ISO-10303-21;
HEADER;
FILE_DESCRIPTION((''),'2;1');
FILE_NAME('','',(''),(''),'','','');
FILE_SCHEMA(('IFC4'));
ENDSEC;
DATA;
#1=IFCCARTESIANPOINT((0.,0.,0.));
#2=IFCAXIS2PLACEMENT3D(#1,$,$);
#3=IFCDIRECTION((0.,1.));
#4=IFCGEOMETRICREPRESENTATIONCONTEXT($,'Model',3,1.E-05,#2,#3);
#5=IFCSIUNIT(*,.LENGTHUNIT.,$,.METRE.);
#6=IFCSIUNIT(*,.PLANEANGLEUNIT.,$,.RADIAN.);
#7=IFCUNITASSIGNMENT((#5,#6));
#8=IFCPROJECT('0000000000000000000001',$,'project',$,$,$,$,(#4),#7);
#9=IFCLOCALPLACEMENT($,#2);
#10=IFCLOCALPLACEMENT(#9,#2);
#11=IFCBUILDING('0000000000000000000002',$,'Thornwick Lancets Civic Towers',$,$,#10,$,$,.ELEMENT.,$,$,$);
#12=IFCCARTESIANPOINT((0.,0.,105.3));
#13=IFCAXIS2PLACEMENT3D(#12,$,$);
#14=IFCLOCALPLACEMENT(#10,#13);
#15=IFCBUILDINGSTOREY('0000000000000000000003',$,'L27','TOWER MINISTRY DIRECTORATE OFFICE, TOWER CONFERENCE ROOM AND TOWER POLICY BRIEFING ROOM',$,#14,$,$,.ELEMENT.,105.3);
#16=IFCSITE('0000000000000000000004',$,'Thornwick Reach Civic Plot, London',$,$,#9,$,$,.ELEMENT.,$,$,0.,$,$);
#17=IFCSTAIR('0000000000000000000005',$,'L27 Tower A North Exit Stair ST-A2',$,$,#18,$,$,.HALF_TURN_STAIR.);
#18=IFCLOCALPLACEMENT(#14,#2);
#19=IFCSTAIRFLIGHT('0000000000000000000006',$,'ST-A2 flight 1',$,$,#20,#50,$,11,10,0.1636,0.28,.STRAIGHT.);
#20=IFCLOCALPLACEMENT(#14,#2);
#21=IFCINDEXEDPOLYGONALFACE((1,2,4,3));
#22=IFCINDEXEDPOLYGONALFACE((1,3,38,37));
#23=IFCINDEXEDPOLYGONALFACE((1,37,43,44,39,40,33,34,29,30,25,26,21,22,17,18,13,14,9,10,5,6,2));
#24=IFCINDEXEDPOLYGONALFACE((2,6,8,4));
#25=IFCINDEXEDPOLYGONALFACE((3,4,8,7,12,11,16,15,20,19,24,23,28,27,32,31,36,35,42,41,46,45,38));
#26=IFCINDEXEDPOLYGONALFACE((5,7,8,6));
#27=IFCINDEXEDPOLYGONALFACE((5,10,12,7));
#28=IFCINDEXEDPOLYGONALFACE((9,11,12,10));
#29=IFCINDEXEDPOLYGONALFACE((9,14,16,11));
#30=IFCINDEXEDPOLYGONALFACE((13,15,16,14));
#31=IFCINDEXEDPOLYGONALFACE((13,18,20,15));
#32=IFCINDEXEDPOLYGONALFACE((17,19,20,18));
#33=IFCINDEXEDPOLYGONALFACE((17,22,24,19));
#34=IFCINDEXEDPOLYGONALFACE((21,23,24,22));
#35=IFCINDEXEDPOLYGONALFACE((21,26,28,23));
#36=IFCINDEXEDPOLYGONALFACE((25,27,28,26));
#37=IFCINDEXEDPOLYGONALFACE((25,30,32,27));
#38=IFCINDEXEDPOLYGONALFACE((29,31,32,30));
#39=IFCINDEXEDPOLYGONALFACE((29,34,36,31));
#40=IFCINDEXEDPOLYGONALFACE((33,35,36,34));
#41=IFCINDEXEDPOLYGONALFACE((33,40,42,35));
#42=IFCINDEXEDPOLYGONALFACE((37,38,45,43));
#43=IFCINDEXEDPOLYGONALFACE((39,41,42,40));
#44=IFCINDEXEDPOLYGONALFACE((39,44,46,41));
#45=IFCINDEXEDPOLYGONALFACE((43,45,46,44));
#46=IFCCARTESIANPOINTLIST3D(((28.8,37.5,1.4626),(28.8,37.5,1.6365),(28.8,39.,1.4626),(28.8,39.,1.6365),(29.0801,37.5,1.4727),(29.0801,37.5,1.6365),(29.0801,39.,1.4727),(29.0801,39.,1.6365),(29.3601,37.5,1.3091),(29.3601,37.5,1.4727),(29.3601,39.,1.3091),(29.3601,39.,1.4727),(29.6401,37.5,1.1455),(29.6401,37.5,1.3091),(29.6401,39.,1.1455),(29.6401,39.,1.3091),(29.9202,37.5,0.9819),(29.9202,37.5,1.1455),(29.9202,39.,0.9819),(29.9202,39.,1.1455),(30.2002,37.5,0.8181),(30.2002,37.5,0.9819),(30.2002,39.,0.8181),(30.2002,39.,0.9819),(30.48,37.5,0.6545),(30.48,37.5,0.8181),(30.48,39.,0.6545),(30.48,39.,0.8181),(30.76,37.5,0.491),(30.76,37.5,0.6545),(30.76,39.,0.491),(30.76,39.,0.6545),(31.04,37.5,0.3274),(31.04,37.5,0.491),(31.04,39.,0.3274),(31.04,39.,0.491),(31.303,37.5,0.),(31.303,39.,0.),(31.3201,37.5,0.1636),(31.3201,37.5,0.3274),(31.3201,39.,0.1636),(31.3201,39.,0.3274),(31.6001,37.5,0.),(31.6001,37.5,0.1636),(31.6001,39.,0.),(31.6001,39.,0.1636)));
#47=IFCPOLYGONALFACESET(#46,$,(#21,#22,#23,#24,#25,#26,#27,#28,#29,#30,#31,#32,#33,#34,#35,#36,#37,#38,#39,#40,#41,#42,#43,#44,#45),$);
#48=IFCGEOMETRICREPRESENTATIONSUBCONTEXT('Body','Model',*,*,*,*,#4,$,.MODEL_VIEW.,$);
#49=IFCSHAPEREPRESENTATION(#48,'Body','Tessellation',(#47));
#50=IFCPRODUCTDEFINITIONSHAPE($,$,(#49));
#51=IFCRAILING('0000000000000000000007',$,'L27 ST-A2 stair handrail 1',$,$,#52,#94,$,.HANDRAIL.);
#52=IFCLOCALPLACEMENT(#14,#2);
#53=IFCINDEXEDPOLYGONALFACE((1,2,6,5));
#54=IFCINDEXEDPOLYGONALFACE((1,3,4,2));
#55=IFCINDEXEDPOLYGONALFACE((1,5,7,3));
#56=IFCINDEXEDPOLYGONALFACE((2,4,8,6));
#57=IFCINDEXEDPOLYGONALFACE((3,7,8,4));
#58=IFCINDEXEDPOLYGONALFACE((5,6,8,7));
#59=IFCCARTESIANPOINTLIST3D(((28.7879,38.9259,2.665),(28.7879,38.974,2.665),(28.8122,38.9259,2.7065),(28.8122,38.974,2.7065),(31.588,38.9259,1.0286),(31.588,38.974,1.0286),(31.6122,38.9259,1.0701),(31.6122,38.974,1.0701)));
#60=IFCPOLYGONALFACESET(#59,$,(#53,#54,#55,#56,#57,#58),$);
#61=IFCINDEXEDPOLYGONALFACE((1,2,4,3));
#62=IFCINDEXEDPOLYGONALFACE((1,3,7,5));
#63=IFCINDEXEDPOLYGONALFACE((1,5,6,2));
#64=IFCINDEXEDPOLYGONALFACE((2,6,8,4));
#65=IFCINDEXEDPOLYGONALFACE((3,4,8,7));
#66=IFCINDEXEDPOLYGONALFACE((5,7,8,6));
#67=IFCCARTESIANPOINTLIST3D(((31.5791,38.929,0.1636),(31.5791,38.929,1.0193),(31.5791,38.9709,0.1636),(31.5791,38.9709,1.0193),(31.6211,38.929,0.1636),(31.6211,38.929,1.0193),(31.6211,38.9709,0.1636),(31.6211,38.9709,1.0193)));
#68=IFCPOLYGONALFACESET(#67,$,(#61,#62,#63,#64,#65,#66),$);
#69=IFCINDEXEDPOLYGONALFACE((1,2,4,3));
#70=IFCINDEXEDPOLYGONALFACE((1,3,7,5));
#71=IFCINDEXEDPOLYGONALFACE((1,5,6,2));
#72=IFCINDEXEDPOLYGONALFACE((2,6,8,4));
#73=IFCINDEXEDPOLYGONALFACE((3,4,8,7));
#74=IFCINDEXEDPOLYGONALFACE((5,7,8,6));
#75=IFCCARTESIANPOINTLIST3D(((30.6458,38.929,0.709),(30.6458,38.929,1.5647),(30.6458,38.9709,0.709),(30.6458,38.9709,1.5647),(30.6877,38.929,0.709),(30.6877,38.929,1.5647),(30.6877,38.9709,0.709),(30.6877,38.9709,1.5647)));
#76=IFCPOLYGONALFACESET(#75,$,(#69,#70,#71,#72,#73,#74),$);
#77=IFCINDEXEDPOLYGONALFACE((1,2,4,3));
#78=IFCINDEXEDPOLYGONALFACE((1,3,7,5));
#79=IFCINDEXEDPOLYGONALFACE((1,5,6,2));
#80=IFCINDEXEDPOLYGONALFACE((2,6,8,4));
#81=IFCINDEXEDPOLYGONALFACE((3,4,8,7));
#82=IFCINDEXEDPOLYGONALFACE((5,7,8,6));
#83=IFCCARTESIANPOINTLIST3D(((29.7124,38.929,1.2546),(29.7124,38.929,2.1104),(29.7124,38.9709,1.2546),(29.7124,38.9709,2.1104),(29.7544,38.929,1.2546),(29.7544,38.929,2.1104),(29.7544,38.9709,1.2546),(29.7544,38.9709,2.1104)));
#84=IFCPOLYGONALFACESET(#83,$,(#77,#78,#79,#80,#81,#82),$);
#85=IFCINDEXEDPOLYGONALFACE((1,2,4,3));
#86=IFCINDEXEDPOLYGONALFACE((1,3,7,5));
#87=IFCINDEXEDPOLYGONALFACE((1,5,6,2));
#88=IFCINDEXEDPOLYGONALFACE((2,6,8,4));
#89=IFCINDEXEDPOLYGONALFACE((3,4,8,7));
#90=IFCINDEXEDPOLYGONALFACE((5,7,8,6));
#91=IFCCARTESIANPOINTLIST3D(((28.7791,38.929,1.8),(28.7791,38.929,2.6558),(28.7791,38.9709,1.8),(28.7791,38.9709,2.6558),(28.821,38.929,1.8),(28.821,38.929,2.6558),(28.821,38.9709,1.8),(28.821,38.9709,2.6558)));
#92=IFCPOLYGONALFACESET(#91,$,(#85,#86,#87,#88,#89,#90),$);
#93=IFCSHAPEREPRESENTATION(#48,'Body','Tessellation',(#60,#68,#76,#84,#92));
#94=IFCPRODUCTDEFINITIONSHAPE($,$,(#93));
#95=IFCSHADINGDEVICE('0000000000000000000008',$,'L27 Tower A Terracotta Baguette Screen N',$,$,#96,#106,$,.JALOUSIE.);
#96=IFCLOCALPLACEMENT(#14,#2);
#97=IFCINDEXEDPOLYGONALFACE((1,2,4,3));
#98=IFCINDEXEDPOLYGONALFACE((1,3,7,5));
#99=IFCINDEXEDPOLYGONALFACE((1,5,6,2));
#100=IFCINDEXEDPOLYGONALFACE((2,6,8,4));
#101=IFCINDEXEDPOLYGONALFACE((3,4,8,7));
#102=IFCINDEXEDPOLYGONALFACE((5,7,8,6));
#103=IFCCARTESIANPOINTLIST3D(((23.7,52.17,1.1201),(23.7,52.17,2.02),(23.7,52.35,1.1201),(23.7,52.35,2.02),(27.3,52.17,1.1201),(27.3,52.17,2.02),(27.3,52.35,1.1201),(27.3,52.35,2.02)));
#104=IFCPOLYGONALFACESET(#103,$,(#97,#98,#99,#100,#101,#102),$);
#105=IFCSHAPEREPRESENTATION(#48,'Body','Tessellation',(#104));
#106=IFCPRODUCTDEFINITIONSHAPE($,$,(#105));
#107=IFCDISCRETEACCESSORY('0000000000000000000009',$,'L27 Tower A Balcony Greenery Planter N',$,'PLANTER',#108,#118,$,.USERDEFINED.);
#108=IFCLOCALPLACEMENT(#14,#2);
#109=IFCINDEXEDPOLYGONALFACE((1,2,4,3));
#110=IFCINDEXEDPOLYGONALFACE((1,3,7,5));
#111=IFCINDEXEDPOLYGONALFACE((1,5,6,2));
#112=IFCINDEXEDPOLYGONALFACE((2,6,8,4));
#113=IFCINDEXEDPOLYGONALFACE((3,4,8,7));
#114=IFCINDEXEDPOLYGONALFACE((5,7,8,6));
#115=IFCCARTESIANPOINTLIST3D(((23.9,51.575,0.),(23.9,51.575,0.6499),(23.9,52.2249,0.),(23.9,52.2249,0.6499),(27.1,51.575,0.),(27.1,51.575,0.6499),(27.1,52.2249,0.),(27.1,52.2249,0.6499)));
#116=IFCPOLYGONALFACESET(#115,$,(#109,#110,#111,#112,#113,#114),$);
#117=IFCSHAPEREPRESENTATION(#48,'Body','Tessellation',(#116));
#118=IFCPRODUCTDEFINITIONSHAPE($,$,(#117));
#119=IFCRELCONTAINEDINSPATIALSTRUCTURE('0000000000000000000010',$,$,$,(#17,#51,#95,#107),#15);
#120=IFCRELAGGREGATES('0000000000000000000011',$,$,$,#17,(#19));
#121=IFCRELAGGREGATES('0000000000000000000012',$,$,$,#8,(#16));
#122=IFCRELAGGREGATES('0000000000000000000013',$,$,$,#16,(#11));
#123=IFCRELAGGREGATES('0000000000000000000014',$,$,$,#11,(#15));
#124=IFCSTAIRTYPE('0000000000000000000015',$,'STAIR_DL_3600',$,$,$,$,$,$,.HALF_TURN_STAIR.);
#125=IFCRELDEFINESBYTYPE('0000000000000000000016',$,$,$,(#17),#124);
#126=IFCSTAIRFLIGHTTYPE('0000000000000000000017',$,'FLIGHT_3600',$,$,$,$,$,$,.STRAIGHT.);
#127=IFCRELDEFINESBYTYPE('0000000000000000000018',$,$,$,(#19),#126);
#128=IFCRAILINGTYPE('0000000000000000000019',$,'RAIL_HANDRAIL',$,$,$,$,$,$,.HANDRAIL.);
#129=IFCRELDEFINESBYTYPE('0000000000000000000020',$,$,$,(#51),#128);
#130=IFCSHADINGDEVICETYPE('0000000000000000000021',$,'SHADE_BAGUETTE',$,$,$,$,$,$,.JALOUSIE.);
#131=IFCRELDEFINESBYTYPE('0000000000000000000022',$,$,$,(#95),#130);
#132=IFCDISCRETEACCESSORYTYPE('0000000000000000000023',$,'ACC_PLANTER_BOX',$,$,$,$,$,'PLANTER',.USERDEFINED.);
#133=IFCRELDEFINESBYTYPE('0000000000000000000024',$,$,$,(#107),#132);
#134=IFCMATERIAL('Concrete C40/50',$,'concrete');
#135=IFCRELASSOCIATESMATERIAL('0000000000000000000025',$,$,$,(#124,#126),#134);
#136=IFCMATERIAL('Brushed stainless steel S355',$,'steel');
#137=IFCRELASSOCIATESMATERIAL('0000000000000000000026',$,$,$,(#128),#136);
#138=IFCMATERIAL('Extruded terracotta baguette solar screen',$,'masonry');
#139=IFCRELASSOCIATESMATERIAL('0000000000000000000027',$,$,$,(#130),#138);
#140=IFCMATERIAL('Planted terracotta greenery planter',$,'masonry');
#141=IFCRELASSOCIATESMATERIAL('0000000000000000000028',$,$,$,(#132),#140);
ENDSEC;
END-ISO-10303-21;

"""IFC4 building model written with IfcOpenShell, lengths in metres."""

from ifc_helpers import new_model, si_unit, direction, frame, origin, origin_2d, place, context, subcontext, project, spatial, polyline, rectangle, outline, extrude, material, type_object, element, aggregate, save


model = new_model("IFC4")

# Units and contexts
model_context = context("Model", 3, precision=1e-05, world=origin(), true_north=direction((0.0, 1.0)))
body_context = subcontext(model_context, "Body", "Model", "MODEL_VIEW")
ifc_project = project(units=[si_unit("LENGTHUNIT", "METRE"), si_unit("PLANEANGLEUNIT", "RADIAN")], contexts=[model_context])

# Site, building, storey
site_placement = place(None, origin())
site = spatial("IfcSite", under=ifc_project, at=site_placement, Name="Thornwick Reach Civic Plot, London", CompositionType="ELEMENT", RefElevation=0.0)
building_placement = place(site_placement, origin())
building = spatial("IfcBuilding", under=site, at=building_placement, Name="Thornwick Lancets Civic Towers", CompositionType="ELEMENT")
storey_placement = place(building_placement, frame((0.0, 0.0, 105.3)))
storey = spatial("IfcBuildingStorey", under=building, at=storey_placement, Name="L27", Description="TOWER MINISTRY DIRECTORATE OFFICE, TOWER CONFERENCE ROOM AND TOWER POLICY BRIEFING ROOM", CompositionType="ELEMENT", Elevation=105.3)

# Shared definitions
ifc_material_1 = material(Name="Concrete C40/50", Category="concrete")

# Stair, stair flight
stair_type = type_object("IfcStairType", Name="STAIR_DL_3600", PredefinedType="HALF_TURN_STAIR", material=ifc_material_1)
stair_placement = place(storey_placement, origin())
stair = element("IfcStair", 1, at=stair_placement, inside=storey, type_object=stair_type, Name="L27 Tower A North Exit Stair ST-A2", PredefinedType="HALF_TURN_STAIR")
stair_flight_type = type_object("IfcStairFlightType", Name="FLIGHT_3600", PredefinedType="STRAIGHT", material=ifc_material_1)
stair_flight_placement = place(storey_placement, frame((31.6001, 38.25, 0.0), z_axis=(0.0, 0.0, 1.0), x_axis=(-1.0, 0.0, 0.0)))
stair_flight = element("IfcStairFlight", 2, at=stair_flight_placement, type_object=stair_flight_type, Name="ST-A2 flight 1", NumberOfRisers=11, NumberOfTreads=10, PredefinedType="STRAIGHT", RiserHeight=0.1636, TreadLength=0.28, context=body_context, shape_type="SweptSolid", body=[
    extrude(outline(polyline([(0.0, 0.0), (0.0, 0.1636), (0.28, 0.1636), (0.28, 0.3274), (0.5601, 0.3274), (0.5601, 0.491), (0.8401, 0.491), (0.8401, 0.6545), (1.1201, 0.6545), (1.1201, 0.8181), (1.3999, 0.8181), (1.3999, 0.9819), (1.6799, 0.9819), (1.6799, 1.1455), (1.96, 1.1455), (1.96, 1.3091), (2.24, 1.3091), (2.24, 1.4727), (2.52, 1.4727), (2.52, 1.6365), (2.8, 1.6365), (2.8, 1.8), (2.8, 1.4626), (0.2971, 0.0), (0.0, 0.0)])), frame((0.0, 0.75, 0.0), z_axis=(0.0, -1.0, 0.0), x_axis=(1.0, 0.0, 0.0)), (0.0, 0.0, 1.0), 1.5),
])
aggregate(stair, [stair_flight])

# Railing
ifc_material_2 = material(Name="Brushed stainless steel S355", Category="steel")
railing_type = type_object("IfcRailingType", Name="RAIL_HANDRAIL", PredefinedType="HANDRAIL", material=ifc_material_2)
railing_placement = place(storey_placement, frame((31.6001, 38.95, 0.1636)))
element("IfcRailing", 3, at=railing_placement, inside=storey, type_object=railing_type, Name="L27 ST-A2 stair handrail 1", PredefinedType="HANDRAIL", context=body_context, shape_type="SweptSolid", body=[
    extrude(rectangle(XDim=0.0481, YDim=0.0481, at=origin_2d()), frame((0.0, 0.0, 0.8857), z_axis=(-0.863361, 0.0, 0.504587), x_axis=(0.0, -1.0, 0.0)), (0.0, 0.0, 1.0), 3.2432),
    extrude(rectangle(XDim=0.042, YDim=0.042, at=origin_2d()), origin(), (0.0, 0.0, 1.0), 0.8557),
    extrude(rectangle(XDim=0.042, YDim=0.042, at=origin_2d()), frame((-0.9333, 0.0, 0.5454)), (0.0, 0.0, 1.0), 0.8557),
    extrude(rectangle(XDim=0.042, YDim=0.042, at=origin_2d()), frame((-1.8667, 0.0, 1.0911)), (0.0, 0.0, 1.0), 0.8557),
    extrude(rectangle(XDim=0.042, YDim=0.042, at=origin_2d()), frame((-2.8, 0.0, 1.6365)), (0.0, 0.0, 1.0), 0.8557),
])

# Shading device
ifc_material_3 = material(Name="Extruded terracotta baguette solar screen", Category="masonry")
shading_device_type = type_object("IfcShadingDeviceType", Name="SHADE_BAGUETTE", PredefinedType="JALOUSIE", material=ifc_material_3)
shading_device_placement = place(storey_placement, frame((25.5, 52.26, 1.1201), z_axis=(0.0, 0.0, 1.0), x_axis=(1.0, 0.0, 0.0)))
element("IfcShadingDevice", 4, at=shading_device_placement, inside=storey, type_object=shading_device_type, Name="L27 Tower A Terracotta Baguette Screen N", PredefinedType="JALOUSIE", context=body_context, shape_type="SweptSolid", body=[
    extrude(rectangle(XDim=3.6001, YDim=0.1799, at=origin_2d()), origin(), (0.0, 0.0, 1.0), 0.8999),
])

# Discrete accessory
ifc_material_4 = material(Name="Planted terracotta greenery planter", Category="masonry")
discrete_accessory_type = type_object("IfcDiscreteAccessoryType", Name="ACC_PLANTER_BOX", ElementType="PLANTER", PredefinedType="USERDEFINED", material=ifc_material_4)
discrete_accessory_placement = place(storey_placement, frame((25.5, 51.8999, 0.0), z_axis=(0.0, 0.0, 1.0), x_axis=(1.0, 0.0, 0.0)))
element("IfcDiscreteAccessory", 5, at=discrete_accessory_placement, inside=storey, type_object=discrete_accessory_type, Name="L27 Tower A Balcony Greenery Planter N", ObjectType="PLANTER", PredefinedType="USERDEFINED", context=body_context, shape_type="SweptSolid", body=[
    extrude(rectangle(XDim=3.2, YDim=0.6499, at=origin_2d()), origin(), (0.0, 0.0, 1.0), 0.6499),
])

save(model, "model.ifc")
